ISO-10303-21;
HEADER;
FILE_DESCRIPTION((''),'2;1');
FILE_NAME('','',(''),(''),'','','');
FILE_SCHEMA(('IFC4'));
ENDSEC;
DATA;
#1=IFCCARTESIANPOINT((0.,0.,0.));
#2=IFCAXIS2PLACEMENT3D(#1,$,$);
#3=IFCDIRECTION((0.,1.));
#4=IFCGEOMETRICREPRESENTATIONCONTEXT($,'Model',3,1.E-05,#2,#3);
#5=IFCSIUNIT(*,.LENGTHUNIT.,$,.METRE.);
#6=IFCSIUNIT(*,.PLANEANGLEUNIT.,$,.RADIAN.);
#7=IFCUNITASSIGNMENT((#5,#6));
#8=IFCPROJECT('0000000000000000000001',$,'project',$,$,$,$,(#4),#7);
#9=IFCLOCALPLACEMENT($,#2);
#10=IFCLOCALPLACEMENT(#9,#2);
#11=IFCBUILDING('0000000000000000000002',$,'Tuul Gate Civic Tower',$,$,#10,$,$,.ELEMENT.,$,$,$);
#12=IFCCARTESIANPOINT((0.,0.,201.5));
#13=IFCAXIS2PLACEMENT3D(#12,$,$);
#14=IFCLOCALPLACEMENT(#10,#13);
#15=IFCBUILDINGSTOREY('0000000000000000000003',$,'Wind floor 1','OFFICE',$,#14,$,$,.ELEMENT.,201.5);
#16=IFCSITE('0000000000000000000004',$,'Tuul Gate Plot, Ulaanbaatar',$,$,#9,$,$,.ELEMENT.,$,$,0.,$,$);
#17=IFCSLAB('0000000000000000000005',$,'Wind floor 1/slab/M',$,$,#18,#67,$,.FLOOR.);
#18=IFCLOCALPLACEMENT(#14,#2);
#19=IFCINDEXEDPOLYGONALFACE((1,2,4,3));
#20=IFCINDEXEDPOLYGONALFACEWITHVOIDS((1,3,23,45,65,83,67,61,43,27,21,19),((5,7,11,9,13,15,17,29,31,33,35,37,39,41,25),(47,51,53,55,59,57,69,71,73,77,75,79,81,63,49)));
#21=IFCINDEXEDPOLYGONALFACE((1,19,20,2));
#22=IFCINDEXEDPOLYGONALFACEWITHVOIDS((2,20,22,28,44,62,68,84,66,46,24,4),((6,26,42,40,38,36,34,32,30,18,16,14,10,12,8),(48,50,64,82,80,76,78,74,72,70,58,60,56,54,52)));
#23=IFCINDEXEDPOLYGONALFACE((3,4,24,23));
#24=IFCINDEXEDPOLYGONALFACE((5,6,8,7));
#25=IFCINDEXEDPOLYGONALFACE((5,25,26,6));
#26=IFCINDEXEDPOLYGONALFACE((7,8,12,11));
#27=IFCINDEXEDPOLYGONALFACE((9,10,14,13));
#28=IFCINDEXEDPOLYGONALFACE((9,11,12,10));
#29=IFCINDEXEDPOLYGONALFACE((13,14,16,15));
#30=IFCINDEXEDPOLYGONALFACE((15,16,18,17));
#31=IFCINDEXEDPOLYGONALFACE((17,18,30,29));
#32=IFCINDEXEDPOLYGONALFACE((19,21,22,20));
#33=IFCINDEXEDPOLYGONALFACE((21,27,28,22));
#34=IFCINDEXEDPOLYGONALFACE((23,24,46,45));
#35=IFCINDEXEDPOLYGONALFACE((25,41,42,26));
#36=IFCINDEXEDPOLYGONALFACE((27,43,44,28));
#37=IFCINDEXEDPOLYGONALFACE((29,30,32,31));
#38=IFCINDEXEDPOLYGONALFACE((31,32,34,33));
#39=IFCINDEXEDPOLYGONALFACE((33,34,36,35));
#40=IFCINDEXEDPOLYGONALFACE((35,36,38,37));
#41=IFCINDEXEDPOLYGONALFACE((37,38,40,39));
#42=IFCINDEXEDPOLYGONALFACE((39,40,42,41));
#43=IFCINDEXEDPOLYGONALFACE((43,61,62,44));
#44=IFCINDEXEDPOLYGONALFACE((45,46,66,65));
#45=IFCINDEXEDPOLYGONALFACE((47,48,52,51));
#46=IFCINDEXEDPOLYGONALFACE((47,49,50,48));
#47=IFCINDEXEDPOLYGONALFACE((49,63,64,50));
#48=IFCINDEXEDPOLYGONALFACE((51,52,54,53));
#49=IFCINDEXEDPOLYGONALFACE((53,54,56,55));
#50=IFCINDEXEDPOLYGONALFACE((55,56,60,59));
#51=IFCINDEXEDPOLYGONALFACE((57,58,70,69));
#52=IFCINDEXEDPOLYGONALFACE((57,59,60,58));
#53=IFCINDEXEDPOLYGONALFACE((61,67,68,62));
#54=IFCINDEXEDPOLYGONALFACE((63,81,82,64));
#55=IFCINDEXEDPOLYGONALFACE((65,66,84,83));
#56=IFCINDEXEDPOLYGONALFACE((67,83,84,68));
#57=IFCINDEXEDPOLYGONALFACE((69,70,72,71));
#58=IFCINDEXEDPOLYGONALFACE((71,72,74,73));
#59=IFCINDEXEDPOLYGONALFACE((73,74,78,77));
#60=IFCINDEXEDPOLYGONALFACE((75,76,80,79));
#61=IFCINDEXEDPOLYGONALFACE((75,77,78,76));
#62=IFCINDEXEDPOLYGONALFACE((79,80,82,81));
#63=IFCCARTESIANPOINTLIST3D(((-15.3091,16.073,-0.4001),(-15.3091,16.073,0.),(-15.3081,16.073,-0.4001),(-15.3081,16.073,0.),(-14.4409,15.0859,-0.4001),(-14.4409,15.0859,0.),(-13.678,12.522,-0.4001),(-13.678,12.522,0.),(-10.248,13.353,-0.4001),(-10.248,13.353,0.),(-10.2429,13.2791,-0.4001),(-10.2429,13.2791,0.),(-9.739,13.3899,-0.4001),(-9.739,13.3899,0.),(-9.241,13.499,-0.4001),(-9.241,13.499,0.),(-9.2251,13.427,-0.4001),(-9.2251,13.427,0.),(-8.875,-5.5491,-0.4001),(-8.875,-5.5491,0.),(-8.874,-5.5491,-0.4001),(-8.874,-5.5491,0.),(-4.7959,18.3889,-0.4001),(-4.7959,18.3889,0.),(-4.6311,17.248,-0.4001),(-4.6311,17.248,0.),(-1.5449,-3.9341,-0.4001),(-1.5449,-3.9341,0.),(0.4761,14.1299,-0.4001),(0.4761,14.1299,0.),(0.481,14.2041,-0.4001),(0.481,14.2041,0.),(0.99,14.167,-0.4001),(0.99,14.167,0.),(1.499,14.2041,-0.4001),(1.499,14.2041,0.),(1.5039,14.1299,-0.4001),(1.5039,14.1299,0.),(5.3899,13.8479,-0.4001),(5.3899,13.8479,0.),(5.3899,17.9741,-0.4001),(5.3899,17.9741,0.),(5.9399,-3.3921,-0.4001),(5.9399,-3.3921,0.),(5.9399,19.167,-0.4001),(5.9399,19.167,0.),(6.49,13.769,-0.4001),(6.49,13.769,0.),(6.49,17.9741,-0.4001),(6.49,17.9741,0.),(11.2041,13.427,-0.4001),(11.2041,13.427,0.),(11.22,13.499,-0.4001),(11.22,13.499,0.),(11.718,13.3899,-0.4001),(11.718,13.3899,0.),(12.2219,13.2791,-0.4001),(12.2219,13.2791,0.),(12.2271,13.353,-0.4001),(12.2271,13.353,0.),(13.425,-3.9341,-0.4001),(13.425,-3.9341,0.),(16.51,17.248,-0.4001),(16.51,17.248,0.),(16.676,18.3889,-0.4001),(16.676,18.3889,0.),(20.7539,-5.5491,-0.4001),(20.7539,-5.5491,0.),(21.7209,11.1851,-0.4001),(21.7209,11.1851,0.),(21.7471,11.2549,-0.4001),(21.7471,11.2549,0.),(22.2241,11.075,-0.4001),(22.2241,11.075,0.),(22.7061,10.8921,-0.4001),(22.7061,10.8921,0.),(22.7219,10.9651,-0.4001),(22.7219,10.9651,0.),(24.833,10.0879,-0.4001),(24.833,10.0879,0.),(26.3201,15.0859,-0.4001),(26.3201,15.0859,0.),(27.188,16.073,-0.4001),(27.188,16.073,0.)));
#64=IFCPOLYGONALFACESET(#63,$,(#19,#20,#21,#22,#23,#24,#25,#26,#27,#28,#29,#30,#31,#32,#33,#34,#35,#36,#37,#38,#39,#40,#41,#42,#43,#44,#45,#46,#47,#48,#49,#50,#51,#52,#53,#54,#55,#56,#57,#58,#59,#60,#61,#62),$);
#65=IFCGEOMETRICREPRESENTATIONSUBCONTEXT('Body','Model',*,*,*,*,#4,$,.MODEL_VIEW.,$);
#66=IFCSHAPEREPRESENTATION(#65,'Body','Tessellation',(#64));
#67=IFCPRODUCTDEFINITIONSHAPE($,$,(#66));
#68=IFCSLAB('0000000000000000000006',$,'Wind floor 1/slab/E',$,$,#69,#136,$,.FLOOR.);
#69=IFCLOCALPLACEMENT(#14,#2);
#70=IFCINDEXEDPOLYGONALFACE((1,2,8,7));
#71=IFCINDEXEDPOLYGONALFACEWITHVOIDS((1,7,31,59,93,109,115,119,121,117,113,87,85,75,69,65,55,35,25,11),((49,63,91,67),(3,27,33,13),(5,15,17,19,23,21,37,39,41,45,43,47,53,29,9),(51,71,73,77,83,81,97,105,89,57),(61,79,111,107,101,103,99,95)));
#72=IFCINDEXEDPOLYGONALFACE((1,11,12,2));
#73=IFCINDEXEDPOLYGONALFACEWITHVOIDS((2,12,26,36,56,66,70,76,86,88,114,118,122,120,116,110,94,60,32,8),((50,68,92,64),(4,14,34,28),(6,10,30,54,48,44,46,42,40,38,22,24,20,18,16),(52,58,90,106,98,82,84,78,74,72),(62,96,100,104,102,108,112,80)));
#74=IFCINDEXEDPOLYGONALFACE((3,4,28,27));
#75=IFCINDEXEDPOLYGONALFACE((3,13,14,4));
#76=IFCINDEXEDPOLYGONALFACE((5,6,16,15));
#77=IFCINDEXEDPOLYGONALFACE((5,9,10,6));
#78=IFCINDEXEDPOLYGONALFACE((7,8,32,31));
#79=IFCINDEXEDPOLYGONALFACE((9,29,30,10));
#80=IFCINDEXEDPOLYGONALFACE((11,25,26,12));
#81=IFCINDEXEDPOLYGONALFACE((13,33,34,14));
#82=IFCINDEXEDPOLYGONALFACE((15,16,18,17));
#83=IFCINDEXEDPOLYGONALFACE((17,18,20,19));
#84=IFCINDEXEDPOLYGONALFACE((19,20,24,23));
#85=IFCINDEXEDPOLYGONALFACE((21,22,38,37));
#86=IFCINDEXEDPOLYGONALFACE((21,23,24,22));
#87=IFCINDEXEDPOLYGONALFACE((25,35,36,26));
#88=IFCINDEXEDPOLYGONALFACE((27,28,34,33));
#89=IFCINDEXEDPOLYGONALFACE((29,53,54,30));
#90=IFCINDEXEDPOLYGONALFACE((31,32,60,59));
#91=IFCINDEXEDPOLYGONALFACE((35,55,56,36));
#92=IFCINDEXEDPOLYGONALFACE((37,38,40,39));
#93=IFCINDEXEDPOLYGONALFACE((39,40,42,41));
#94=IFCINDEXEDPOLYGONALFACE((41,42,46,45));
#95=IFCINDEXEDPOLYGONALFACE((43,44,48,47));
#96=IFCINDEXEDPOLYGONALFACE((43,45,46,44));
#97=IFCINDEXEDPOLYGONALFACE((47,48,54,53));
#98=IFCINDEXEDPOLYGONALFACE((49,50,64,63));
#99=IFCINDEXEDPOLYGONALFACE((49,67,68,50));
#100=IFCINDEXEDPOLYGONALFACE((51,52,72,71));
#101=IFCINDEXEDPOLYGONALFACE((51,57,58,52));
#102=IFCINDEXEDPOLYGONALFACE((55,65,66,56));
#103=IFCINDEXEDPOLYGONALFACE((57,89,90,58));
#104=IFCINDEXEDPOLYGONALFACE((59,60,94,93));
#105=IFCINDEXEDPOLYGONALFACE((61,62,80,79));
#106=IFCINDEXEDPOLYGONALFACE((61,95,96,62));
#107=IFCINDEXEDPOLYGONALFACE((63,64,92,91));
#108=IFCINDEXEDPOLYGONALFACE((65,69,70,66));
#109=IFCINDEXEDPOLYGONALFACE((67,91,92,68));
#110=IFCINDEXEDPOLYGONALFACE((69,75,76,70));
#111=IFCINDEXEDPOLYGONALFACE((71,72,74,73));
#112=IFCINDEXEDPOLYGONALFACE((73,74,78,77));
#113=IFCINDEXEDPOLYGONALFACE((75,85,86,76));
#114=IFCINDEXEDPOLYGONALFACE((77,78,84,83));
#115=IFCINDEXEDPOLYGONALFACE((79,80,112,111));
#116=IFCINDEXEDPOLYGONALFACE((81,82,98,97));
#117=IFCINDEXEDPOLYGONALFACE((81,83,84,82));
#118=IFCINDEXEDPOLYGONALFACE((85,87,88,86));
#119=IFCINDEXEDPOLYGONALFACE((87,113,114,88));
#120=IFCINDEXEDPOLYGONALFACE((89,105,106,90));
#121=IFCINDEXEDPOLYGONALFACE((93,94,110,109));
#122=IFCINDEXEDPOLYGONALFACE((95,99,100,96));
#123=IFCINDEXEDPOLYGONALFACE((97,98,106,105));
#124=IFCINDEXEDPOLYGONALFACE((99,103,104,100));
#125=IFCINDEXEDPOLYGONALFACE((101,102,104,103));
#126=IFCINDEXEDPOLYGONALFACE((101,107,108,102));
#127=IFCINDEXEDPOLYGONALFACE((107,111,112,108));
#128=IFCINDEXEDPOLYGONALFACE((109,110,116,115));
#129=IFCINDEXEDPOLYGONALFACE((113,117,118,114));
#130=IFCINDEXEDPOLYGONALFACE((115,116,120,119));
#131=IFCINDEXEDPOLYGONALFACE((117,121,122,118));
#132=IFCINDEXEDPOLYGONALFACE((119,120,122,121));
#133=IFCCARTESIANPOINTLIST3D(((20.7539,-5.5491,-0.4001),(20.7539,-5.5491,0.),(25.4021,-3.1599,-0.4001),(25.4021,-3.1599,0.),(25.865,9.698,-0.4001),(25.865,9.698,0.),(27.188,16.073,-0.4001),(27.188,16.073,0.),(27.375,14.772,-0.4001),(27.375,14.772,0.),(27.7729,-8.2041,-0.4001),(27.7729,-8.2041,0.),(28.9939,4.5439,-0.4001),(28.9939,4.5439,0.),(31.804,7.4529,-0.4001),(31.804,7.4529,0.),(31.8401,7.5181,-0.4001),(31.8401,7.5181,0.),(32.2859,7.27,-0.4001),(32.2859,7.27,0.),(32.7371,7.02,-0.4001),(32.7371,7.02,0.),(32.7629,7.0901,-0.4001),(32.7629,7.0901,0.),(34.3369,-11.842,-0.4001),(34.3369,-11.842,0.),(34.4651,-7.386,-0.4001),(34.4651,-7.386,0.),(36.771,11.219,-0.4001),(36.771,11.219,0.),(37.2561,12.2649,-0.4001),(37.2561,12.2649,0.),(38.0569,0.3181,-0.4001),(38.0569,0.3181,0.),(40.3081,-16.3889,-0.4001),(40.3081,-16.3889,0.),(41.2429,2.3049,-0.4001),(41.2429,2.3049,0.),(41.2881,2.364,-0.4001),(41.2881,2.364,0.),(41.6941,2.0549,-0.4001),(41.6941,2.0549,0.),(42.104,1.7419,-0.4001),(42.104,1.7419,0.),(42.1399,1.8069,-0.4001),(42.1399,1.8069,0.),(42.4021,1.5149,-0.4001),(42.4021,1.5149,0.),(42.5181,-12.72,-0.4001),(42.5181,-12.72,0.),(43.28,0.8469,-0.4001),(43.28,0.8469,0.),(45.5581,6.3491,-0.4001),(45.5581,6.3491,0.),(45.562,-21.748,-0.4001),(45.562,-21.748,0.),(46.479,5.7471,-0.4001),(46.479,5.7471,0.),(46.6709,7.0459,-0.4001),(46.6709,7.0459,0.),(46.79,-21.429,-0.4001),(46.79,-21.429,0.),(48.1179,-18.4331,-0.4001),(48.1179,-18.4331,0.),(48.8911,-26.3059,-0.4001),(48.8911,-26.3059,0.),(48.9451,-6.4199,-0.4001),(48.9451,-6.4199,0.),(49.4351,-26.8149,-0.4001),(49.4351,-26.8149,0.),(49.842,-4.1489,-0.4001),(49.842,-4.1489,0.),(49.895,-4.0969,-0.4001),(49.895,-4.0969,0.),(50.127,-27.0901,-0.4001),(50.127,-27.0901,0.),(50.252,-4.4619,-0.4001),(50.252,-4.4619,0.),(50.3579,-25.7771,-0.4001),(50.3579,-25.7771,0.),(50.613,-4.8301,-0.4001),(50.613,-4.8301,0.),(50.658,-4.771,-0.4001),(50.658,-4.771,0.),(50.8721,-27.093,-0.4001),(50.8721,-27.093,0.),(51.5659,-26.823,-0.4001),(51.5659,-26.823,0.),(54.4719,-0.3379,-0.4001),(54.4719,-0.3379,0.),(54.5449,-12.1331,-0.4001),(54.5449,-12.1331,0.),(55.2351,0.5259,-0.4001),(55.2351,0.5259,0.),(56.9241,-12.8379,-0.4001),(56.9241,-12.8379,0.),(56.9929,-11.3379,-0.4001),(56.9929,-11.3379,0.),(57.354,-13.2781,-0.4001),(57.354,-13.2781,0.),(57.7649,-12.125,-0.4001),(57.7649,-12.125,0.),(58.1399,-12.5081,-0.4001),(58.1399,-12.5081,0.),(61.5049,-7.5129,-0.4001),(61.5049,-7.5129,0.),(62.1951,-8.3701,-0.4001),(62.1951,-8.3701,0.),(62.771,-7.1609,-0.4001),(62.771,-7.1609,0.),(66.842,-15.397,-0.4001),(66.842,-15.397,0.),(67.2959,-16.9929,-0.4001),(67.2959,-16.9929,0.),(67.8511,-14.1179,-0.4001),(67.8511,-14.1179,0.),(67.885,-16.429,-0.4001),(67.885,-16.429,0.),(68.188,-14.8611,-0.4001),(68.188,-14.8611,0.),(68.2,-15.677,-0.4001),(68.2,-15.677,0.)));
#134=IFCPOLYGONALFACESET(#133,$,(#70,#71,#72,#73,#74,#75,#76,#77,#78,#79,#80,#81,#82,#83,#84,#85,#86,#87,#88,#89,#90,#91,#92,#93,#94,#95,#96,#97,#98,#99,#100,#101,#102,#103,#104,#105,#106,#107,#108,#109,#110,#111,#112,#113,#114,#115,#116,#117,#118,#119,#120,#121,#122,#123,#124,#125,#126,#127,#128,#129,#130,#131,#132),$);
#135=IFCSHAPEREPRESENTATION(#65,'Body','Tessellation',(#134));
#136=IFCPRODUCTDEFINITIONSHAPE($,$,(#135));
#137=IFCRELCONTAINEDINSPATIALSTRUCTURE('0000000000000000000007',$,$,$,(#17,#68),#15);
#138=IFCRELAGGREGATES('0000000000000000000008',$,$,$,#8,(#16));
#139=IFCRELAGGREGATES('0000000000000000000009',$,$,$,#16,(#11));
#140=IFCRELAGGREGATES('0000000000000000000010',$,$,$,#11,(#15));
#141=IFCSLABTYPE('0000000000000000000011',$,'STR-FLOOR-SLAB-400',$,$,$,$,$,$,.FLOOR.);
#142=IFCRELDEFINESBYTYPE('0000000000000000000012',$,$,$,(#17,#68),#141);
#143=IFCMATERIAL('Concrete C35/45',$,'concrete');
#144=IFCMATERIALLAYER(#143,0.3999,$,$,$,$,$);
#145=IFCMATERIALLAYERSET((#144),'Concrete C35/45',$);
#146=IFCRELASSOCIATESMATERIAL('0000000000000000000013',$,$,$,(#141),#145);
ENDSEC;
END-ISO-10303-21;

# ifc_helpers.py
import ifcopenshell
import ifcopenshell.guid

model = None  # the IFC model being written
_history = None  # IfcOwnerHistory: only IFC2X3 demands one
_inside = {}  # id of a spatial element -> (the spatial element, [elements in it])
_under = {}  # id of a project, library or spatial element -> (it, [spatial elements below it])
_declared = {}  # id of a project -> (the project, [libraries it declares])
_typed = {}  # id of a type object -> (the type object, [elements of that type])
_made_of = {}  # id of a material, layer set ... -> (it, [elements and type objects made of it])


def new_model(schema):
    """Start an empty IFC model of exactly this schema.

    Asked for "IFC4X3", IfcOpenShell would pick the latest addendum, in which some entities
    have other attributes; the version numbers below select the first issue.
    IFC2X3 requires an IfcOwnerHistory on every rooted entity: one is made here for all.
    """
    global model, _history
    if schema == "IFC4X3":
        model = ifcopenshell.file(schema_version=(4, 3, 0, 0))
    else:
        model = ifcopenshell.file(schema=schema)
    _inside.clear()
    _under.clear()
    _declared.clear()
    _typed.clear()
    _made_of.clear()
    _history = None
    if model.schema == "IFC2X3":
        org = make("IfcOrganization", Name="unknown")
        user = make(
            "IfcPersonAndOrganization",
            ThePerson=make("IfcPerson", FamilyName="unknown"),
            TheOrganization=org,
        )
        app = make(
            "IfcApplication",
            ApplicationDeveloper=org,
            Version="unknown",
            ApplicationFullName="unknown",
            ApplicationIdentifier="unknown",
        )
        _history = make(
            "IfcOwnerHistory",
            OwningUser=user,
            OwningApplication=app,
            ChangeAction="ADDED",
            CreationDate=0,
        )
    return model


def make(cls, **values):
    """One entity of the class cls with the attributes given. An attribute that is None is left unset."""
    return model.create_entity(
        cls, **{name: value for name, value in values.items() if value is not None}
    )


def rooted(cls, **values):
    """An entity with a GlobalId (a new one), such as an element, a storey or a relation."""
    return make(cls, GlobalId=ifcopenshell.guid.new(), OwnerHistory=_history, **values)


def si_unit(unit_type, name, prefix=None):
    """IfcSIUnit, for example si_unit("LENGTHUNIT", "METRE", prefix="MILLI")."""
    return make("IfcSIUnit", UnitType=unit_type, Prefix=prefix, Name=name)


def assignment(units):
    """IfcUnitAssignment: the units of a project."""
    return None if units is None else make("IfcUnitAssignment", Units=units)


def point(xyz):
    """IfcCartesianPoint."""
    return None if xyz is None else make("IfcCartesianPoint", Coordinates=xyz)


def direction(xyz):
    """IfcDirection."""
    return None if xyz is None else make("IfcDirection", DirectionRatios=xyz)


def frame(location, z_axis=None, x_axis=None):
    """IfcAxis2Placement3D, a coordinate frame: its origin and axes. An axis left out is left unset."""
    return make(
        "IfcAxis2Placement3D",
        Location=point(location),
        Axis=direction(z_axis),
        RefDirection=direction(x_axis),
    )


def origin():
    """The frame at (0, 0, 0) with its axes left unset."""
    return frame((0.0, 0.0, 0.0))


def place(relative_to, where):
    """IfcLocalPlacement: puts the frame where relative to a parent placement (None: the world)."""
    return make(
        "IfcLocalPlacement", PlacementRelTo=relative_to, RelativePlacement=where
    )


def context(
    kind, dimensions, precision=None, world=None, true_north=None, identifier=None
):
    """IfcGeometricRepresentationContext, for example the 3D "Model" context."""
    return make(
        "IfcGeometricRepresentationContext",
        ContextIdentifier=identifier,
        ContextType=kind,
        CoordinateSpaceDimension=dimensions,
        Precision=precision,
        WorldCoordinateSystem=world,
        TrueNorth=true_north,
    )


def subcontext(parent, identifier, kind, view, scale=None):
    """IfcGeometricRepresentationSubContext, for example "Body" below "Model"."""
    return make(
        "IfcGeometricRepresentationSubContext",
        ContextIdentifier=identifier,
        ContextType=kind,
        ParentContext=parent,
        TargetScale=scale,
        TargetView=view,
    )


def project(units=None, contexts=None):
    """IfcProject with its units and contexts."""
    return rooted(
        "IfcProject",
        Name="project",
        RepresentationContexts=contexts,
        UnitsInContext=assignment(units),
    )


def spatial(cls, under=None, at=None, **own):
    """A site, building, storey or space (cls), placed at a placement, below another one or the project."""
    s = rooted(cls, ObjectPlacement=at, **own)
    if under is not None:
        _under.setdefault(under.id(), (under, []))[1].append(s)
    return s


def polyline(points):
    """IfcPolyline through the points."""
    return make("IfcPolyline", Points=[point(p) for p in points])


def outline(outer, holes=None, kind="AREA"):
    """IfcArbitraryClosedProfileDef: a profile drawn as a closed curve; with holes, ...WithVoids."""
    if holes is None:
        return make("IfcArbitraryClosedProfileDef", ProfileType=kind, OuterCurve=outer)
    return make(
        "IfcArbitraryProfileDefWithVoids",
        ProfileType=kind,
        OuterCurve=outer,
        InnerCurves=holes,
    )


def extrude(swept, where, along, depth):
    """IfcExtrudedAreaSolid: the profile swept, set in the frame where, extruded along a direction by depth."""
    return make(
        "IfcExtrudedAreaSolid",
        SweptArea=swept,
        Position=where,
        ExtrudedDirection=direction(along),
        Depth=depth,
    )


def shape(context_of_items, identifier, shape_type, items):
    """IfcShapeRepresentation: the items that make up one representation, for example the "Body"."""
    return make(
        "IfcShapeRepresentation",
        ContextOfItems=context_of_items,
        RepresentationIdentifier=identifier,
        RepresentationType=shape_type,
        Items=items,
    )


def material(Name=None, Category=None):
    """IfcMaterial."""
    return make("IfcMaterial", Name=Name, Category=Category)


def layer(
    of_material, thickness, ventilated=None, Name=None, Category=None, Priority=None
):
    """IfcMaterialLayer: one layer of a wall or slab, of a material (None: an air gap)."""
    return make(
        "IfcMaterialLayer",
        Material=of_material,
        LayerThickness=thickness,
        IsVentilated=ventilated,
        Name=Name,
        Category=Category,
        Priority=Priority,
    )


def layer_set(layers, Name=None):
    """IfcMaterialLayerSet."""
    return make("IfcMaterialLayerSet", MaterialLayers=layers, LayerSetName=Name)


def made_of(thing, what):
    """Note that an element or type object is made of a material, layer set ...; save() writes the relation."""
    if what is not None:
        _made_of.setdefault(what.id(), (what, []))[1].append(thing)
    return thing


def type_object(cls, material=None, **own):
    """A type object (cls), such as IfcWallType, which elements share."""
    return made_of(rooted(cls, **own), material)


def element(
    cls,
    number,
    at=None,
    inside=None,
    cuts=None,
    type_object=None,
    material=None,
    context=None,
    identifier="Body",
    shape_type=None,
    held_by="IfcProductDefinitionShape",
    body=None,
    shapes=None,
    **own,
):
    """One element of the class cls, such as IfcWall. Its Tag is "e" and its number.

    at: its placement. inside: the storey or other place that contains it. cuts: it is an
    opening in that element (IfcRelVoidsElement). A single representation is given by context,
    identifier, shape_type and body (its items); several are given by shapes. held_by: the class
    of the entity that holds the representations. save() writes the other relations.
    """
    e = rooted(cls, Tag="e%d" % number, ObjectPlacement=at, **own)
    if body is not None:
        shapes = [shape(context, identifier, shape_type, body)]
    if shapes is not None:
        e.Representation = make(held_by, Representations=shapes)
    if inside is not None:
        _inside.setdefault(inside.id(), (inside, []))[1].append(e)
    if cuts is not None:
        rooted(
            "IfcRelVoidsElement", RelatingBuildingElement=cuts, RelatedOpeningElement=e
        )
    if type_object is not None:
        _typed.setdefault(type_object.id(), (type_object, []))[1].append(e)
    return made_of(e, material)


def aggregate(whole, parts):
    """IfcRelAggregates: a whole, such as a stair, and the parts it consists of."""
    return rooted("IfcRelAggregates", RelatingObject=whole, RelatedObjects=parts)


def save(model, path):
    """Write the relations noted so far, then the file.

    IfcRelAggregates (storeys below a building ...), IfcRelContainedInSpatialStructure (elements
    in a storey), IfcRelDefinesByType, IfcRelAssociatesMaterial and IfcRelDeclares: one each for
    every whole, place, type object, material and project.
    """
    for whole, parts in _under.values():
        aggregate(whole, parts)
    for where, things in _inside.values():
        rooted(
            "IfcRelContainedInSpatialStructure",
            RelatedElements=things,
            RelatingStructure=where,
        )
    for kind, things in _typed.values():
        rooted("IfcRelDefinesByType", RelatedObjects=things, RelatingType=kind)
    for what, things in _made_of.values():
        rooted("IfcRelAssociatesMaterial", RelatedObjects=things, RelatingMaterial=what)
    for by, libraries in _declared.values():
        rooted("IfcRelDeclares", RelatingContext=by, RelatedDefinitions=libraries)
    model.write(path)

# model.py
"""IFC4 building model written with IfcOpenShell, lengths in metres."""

from ifc_helpers import new_model, si_unit, direction, frame, origin, place, context, subcontext, project, spatial, polyline, outline, extrude, material, layer, layer_set, type_object, element, save


model = new_model("IFC4")

# Units and contexts
model_context = context("Model", 3, precision=1e-05, world=origin(), true_north=direction((0.0, 1.0)))
body_context = subcontext(model_context, "Body", "Model", "MODEL_VIEW")
ifc_project = project(units=[si_unit("LENGTHUNIT", "METRE"), si_unit("PLANEANGLEUNIT", "RADIAN")], contexts=[model_context])

# Site, building, storey
site_placement = place(None, origin())
site = spatial("IfcSite", under=ifc_project, at=site_placement, Name="Tuul Gate Plot, Ulaanbaatar", CompositionType="ELEMENT", RefElevation=0.0)
building_placement = place(site_placement, origin())
building = spatial("IfcBuilding", under=site, at=building_placement, Name="Tuul Gate Civic Tower", CompositionType="ELEMENT")
storey_placement = place(building_placement, frame((0.0, 0.0, 201.5)))
storey = spatial("IfcBuildingStorey", under=building, at=storey_placement, Name="Wind floor 1", Description="OFFICE", CompositionType="ELEMENT", Elevation=201.5)

# Slabs
ifc_material_1 = material(Name="Concrete C35/45", Category="concrete")
ifc_layer_1 = layer(ifc_material_1, 0.3999)
ifc_layer_set_1 = layer_set([ifc_layer_1], Name="Concrete C35/45")
slab_type_1 = type_object("IfcSlabType", Name="STR-FLOOR-SLAB-400", PredefinedType="FLOOR", material=ifc_layer_set_1)
slab_1_placement = place(storey_placement, frame((0.0, 0.0, -0.4001)))
element("IfcSlab", 1, at=slab_1_placement, inside=storey, type_object=slab_type_1, Name="Wind floor 1/slab/M", PredefinedType="FLOOR", context=body_context, shape_type="SweptSolid", body=[
    extrude(outline(polyline([(13.425, -3.9341), (20.7539, -5.5491), (27.188, 16.073), (16.676, 18.3889), (5.9399, 19.167), (-4.7959, 18.3889), (-15.3081, 16.073), (-15.3091, 16.073), (-8.875, -5.5491), (-8.874, -5.5491), (-1.5449, -3.9341), (5.9399, -3.3921), (13.425, -3.9341)]), holes=[polyline([(26.3201, 15.0859), (24.833, 10.0879), (22.7061, 10.8921), (22.7219, 10.9651), (22.2241, 11.075), (21.7471, 11.2549), (21.7209, 11.1851), (12.2219, 13.2791), (12.2271, 13.353), (11.718, 13.3899), (11.22, 13.499), (11.2041, 13.427), (6.49, 13.769), (6.49, 17.9741), (16.51, 17.248), (26.3201, 15.0859)]), polyline([(-4.6311, 17.248), (5.3899, 17.9741), (5.3899, 13.8479), (1.5039, 14.1299), (1.499, 14.2041), (0.99, 14.167), (0.481, 14.2041), (0.4761, 14.1299), (-9.2251, 13.427), (-9.241, 13.499), (-9.739, 13.3899), (-10.248, 13.353), (-10.2429, 13.2791), (-13.678, 12.522), (-14.4409, 15.0859), (-4.6311, 17.248)])]), origin(), (0.0, 0.0, 1.0), 0.4001),
])
slab_2_placement = place(storey_placement, frame((0.0, 0.0, -0.4001)))
element("IfcSlab", 2, at=slab_2_placement, inside=storey, type_object=slab_type_1, Name="Wind floor 1/slab/E", PredefinedType="FLOOR", context=body_context, shape_type="SweptSolid", body=[
    extrude(outline(polyline([(50.8721, -27.093), (51.5659, -26.823), (67.2959, -16.9929), (67.885, -16.429), (68.2, -15.677), (68.188, -14.8611), (67.8511, -14.1179), (62.771, -7.1609), (55.2351, 0.5259), (46.6709, 7.0459), (37.2561, 12.2649), (27.188, 16.073), (20.7539, -5.5491), (27.7729, -8.2041), (34.3369, -11.842), (40.3081, -16.3889), (45.562, -21.748), (48.8911, -26.3059), (49.4351, -26.8149), (50.127, -27.0901), (50.8721, -27.093)]), holes=[polyline([(56.9241, -12.8379), (57.354, -13.2781), (58.1399, -12.5081), (57.7649, -12.125), (62.1951, -8.3701), (66.842, -15.397), (50.3579, -25.7771), (46.79, -21.429), (56.9241, -12.8379)]), polyline([(48.9451, -6.4199), (54.5449, -12.1331), (48.1179, -18.4331), (42.5181, -12.72), (48.9451, -6.4199)]), polyline([(49.895, -4.0969), (49.842, -4.1489), (43.28, 0.8469), (46.479, 5.7471), (54.4719, -0.3379), (61.5049, -7.5129), (56.9929, -11.3379), (50.613, -4.8301), (50.658, -4.771), (50.252, -4.4619), (49.895, -4.0969)]), polyline([(28.9939, 4.5439), (38.0569, 0.3181), (34.4651, -7.386), (25.4021, -3.1599), (28.9939, 4.5439)]), polyline([(45.5581, 6.3491), (42.4021, 1.5149), (42.104, 1.7419), (42.1399, 1.8069), (41.6941, 2.0549), (41.2881, 2.364), (41.2429, 2.3049), (32.7371, 7.02), (32.7629, 7.0901), (32.2859, 7.27), (31.8401, 7.5181), (31.804, 7.4529), (25.865, 9.698), (27.375, 14.772), (36.771, 11.219), (45.5581, 6.3491)])]), origin(), (0.0, 0.0, 1.0), 0.4001),
])

save(model, "model.ifc")
